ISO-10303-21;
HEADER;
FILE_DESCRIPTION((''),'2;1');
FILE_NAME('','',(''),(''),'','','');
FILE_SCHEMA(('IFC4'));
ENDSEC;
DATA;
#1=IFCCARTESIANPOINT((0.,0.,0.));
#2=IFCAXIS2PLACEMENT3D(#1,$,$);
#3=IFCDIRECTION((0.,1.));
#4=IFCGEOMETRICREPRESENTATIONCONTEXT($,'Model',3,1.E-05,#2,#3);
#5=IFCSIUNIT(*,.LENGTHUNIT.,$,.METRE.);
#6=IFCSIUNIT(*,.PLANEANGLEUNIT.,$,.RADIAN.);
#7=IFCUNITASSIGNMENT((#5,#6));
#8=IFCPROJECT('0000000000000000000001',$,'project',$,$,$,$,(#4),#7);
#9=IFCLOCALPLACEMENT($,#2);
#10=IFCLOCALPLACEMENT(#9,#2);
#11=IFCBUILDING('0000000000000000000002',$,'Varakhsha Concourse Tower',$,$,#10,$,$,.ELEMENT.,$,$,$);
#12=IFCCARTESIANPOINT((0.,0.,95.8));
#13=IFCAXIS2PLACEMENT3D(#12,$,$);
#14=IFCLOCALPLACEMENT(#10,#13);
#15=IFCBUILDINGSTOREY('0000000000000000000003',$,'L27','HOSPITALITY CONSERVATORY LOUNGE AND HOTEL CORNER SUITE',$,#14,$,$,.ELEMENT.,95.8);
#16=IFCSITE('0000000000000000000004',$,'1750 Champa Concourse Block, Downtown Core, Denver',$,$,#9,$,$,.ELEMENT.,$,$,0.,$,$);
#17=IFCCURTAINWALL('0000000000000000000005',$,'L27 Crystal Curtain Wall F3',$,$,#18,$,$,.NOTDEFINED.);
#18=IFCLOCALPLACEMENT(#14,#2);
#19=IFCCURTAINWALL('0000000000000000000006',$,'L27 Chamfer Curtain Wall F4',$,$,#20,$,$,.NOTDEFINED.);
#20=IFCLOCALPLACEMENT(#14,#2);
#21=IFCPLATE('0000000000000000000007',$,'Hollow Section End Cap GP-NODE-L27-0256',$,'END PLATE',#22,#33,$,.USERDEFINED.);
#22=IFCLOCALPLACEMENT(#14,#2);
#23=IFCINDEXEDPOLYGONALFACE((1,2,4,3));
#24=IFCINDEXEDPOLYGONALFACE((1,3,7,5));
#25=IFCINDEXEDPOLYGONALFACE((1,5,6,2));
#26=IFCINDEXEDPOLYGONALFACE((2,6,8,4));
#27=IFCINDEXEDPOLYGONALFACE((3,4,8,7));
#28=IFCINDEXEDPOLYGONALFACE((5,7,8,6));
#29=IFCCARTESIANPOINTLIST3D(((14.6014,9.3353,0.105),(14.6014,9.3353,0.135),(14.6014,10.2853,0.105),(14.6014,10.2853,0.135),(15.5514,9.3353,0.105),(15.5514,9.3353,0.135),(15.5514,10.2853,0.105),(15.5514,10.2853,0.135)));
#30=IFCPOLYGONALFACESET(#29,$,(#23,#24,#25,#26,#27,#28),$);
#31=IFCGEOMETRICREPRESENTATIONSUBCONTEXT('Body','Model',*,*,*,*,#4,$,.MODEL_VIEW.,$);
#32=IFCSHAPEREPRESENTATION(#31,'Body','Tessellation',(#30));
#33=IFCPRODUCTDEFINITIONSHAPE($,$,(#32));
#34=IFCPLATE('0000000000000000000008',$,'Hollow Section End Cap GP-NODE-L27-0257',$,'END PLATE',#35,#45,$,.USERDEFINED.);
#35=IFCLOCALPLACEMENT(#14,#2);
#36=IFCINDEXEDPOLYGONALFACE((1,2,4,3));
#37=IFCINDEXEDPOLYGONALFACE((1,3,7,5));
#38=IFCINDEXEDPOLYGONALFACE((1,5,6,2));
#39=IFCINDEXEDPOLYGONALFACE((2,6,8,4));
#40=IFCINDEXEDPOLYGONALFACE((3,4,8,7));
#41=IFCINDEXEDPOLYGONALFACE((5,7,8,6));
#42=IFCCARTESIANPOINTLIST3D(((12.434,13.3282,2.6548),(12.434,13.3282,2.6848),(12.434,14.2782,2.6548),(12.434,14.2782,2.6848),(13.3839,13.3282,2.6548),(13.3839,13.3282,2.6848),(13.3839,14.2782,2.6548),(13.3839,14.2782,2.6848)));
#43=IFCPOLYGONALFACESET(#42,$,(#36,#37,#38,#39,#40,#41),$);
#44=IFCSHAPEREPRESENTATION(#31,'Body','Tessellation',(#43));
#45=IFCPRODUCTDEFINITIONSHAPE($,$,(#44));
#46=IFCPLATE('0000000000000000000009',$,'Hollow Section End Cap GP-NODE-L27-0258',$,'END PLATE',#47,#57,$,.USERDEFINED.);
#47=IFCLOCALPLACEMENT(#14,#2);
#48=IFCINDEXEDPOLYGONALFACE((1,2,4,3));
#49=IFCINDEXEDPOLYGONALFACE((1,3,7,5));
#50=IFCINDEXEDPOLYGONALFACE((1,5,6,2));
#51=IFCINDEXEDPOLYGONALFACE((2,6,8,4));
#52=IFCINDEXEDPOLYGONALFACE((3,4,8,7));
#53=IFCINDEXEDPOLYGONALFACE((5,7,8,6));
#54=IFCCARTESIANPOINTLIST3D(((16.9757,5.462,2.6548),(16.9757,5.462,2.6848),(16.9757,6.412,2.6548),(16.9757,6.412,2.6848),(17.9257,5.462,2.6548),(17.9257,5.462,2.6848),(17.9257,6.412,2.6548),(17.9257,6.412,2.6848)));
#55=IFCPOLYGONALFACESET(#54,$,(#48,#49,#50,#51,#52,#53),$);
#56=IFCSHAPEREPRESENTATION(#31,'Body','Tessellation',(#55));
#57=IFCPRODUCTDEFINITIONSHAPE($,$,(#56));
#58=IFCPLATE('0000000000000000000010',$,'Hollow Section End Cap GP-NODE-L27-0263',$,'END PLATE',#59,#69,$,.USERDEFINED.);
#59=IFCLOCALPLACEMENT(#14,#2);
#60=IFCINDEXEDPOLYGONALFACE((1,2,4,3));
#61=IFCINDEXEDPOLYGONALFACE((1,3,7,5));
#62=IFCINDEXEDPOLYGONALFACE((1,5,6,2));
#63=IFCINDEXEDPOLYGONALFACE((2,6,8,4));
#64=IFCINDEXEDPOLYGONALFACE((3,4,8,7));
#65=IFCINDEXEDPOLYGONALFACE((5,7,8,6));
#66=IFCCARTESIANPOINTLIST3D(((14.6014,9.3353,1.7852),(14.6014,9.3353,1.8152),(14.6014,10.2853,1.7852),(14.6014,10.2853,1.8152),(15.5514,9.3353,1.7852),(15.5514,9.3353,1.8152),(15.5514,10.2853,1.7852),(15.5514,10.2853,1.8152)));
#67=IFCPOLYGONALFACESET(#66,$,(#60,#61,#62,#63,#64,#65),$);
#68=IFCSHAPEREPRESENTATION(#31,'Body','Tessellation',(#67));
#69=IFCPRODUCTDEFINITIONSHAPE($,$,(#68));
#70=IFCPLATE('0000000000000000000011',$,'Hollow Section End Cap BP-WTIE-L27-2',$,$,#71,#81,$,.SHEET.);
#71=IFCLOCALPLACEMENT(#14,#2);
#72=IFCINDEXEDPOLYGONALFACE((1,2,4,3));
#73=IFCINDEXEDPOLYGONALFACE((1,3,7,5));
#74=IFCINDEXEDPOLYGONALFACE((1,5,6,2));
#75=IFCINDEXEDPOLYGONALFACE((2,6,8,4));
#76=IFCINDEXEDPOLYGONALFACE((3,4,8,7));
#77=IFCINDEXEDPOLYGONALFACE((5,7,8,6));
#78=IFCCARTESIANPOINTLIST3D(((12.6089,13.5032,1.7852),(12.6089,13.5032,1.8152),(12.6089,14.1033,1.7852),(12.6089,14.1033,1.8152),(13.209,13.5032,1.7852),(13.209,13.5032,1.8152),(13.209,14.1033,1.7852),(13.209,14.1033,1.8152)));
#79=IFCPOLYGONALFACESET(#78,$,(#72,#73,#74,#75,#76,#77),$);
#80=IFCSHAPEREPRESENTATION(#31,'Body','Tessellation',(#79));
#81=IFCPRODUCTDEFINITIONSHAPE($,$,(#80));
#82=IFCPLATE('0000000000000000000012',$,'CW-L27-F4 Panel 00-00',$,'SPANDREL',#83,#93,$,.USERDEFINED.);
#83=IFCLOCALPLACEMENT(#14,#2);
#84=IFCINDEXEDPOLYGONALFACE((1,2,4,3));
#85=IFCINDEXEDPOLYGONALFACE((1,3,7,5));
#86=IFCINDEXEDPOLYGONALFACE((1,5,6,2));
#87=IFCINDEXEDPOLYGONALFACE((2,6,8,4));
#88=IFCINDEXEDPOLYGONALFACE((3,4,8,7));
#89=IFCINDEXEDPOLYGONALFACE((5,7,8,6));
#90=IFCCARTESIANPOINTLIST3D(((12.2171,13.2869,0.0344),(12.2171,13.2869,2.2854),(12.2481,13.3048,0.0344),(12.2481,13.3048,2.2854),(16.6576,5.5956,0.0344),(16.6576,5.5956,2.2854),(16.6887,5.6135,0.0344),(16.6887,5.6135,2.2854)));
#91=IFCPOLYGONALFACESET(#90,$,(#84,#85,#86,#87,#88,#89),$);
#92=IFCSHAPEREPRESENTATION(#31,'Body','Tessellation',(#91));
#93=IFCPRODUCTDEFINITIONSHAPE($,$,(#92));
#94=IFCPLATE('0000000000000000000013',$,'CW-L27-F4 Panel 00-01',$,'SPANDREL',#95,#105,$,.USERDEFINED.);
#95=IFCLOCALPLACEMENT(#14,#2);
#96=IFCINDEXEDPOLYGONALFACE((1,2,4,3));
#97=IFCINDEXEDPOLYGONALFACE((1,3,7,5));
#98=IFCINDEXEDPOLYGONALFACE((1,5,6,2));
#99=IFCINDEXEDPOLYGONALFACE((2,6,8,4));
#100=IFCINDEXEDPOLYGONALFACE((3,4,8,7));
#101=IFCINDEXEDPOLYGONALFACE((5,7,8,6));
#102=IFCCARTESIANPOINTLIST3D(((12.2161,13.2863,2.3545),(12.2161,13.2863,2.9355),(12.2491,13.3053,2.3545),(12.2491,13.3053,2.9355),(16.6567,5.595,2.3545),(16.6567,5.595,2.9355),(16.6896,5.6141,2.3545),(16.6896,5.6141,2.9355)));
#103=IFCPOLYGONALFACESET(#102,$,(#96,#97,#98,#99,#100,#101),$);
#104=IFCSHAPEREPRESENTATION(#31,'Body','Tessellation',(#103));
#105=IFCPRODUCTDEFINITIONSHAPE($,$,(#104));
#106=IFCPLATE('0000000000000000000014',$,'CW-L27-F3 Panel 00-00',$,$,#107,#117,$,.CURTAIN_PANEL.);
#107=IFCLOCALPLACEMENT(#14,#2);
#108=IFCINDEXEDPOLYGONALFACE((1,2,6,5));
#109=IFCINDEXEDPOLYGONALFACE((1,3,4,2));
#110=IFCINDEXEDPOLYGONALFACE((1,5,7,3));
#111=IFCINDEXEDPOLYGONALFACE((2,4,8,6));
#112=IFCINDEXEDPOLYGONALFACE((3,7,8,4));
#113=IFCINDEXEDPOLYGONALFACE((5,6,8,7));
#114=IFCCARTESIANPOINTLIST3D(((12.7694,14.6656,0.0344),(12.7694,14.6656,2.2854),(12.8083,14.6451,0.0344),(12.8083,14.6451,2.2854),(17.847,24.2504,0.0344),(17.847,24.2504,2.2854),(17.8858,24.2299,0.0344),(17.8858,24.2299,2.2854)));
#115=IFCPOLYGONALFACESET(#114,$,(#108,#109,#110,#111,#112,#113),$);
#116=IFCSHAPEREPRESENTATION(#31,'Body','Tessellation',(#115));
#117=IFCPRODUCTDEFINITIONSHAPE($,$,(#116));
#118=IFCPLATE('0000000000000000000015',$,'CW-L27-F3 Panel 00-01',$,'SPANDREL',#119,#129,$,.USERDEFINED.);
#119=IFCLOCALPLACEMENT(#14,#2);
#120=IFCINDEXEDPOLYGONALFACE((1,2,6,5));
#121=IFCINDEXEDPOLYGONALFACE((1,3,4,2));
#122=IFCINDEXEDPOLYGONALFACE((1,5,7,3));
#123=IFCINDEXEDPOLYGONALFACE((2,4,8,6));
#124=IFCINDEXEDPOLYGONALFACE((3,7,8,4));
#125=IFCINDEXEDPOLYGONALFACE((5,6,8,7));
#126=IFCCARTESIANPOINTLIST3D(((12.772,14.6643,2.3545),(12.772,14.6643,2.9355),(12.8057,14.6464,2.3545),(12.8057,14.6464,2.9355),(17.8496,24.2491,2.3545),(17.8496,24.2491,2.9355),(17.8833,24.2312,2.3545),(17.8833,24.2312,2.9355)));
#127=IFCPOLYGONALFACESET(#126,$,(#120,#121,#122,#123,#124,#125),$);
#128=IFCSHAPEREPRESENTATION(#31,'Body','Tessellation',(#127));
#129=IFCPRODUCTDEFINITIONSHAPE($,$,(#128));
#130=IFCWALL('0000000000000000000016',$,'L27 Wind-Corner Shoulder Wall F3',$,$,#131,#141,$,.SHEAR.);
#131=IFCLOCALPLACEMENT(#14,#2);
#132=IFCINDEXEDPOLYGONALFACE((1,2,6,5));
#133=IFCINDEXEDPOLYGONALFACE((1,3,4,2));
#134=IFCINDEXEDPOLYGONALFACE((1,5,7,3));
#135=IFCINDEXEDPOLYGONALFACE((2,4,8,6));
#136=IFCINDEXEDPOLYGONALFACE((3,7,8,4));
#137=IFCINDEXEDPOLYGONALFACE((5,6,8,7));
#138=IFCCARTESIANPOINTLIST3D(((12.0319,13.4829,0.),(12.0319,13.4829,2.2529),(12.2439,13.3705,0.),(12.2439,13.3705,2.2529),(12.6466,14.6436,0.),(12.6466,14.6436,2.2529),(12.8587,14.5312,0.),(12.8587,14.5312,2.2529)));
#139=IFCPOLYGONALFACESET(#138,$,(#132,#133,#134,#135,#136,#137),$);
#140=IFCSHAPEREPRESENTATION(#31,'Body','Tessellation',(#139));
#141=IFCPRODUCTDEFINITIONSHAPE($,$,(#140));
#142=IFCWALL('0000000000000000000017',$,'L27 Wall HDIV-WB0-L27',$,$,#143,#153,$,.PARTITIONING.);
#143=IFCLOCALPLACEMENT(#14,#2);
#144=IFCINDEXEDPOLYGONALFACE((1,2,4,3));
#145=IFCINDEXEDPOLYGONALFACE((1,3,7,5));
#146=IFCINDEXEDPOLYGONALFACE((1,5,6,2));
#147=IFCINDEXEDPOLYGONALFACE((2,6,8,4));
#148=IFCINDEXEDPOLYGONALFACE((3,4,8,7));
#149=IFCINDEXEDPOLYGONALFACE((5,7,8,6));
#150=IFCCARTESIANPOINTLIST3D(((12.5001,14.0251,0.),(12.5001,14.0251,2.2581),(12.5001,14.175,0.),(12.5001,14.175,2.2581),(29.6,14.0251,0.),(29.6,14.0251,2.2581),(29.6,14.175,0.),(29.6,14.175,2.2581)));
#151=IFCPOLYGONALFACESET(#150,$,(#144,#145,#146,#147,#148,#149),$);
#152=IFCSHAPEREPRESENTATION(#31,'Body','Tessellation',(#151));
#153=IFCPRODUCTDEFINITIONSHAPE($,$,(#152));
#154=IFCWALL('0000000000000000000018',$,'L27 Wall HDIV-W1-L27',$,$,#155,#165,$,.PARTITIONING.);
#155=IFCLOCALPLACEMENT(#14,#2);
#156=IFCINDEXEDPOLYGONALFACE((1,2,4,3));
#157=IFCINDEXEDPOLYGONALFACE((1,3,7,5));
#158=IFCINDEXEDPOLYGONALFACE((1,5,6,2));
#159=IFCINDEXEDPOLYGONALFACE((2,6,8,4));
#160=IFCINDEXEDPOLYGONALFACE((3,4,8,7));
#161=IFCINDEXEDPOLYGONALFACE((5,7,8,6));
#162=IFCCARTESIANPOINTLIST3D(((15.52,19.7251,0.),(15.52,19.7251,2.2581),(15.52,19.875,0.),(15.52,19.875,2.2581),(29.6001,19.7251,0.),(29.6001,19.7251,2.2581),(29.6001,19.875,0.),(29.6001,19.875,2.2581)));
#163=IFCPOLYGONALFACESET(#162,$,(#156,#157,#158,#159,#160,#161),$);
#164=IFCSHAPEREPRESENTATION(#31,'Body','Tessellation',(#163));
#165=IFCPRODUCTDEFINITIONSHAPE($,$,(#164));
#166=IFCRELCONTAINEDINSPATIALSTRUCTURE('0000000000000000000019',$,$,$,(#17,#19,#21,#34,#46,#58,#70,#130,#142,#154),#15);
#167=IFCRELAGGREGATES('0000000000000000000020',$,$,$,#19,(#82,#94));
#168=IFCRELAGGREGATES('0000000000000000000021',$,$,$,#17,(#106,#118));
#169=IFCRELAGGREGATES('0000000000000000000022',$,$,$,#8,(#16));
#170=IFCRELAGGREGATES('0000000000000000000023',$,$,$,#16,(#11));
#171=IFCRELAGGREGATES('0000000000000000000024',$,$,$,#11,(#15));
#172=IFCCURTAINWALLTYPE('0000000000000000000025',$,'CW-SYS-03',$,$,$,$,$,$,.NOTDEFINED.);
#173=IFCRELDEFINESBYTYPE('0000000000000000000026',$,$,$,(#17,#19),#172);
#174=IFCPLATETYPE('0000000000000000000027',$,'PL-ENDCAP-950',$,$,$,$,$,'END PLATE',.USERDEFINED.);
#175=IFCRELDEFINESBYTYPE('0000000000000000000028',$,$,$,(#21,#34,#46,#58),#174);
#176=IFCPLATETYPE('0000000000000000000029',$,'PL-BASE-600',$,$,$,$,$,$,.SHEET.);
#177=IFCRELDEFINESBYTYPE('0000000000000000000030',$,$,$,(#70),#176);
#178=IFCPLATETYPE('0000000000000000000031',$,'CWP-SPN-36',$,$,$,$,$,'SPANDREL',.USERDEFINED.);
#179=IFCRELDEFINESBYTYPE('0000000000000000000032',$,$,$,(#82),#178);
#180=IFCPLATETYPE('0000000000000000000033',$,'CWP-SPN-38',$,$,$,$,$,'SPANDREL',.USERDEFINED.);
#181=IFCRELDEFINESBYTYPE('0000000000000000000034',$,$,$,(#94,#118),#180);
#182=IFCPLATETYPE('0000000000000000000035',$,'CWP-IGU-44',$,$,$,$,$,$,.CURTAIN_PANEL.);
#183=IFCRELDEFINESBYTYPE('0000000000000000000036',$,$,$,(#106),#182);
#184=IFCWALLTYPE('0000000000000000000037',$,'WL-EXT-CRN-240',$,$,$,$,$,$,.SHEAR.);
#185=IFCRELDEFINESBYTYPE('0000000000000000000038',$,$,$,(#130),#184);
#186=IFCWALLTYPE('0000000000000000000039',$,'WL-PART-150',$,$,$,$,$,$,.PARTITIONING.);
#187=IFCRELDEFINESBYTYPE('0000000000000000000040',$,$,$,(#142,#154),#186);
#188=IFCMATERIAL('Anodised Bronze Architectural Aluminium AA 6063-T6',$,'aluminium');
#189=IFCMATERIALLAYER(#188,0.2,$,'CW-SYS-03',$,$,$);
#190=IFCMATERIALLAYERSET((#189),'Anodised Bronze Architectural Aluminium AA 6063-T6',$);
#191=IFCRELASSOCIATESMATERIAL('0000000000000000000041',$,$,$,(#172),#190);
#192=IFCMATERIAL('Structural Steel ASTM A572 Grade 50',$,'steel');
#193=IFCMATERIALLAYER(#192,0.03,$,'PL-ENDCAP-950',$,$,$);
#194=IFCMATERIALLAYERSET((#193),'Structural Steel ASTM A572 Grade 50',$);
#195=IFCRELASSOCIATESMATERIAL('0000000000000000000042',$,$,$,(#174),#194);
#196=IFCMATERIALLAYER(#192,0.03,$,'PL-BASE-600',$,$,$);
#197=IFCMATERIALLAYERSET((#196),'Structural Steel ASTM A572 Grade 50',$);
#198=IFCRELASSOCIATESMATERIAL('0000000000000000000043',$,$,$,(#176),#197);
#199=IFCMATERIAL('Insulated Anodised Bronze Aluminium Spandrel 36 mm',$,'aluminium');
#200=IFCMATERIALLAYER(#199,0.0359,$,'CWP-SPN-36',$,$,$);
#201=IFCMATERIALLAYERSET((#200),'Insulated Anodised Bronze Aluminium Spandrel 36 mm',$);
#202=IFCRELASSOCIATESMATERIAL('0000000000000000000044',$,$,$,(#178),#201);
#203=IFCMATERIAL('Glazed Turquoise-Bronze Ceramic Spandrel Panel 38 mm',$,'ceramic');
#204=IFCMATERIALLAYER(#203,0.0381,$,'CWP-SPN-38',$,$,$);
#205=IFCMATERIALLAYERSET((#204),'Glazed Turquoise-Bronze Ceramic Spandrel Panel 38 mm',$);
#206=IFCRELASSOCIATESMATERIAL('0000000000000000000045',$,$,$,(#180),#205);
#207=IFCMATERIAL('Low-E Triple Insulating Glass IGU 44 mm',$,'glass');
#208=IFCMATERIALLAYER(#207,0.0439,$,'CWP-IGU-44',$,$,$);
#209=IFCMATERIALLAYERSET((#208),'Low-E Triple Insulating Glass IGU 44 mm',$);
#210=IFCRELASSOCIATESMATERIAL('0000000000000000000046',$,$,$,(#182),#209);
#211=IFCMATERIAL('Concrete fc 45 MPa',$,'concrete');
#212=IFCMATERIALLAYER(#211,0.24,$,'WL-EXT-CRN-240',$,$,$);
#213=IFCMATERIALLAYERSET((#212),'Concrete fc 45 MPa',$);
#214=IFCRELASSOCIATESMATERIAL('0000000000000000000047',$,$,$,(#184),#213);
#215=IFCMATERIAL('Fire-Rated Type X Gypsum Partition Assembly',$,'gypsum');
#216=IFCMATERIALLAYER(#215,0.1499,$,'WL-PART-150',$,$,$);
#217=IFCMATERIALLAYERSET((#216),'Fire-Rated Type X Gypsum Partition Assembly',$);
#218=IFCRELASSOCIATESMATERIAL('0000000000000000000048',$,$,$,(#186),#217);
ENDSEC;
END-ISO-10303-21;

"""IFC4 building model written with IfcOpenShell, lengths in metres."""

from ifc_helpers import new_model, si_unit, direction, frame, frame_2d, origin, origin_2d, place, context, subcontext, project, spatial, rectangle, extrude, source, transform, mapped, material, layer, layer_set, type_object, type_shapes, element, aggregate, save


model = new_model("IFC4")

# Units and contexts
model_context = context("Model", 3, precision=1e-05, world=origin(), true_north=direction((0.0, 1.0)))
body_context = subcontext(model_context, "Body", "Model", "MODEL_VIEW")
ifc_project = project(units=[si_unit("LENGTHUNIT", "METRE"), si_unit("PLANEANGLEUNIT", "RADIAN")], contexts=[model_context])

# Site, building, storey
site_placement = place(None, origin())
site = spatial("IfcSite", under=ifc_project, at=site_placement, Name="1750 Champa Concourse Block, Downtown Core, Denver", CompositionType="ELEMENT", RefElevation=0.0)
building_placement = place(site_placement, origin())
building = spatial("IfcBuilding", under=site, at=building_placement, Name="Varakhsha Concourse Tower", CompositionType="ELEMENT")
storey_placement = place(building_placement, frame((0.0, 0.0, 95.8)))
storey = spatial("IfcBuildingStorey", under=building, at=storey_placement, Name="L27", Description="HOSPITALITY CONSERVATORY LOUNGE AND HOTEL CORNER SUITE", CompositionType="ELEMENT", Elevation=95.8)

# Shared definitions
ifc_material_1 = material(Name="Structural Steel ASTM A572 Grade 50", Category="steel")

# Curtain wall
ifc_material_2 = material(Name="Anodised Bronze Architectural Aluminium AA 6063-T6", Category="aluminium")
ifc_layer_1 = layer(ifc_material_2, 0.2, Name="CW-SYS-03")
ifc_layer_set_1 = layer_set([ifc_layer_1], Name="Anodised Bronze Architectural Aluminium AA 6063-T6")
curtain_wall_type = type_object("IfcCurtainWallType", Name="CW-SYS-03", PredefinedType="NOTDEFINED", material=ifc_layer_set_1)
curtain_wall_1_placement = place(storey_placement, origin())
curtain_wall_1 = element("IfcCurtainWall", 1, at=curtain_wall_1_placement, inside=storey, type_object=curtain_wall_type, Name="L27 Crystal Curtain Wall F3", PredefinedType="NOTDEFINED")

# Curtain wall
curtain_wall_2_placement = place(storey_placement, origin())
curtain_wall_2 = element("IfcCurtainWall", 2, at=curtain_wall_2_placement, inside=storey, type_object=curtain_wall_type, Name="L27 Chamfer Curtain Wall F4", PredefinedType="NOTDEFINED")

# Shared definitions
ifc_material_3 = material(Name="Concrete fc 45 MPa", Category="concrete")

# Plates
ifc_layer_2 = layer(ifc_material_1, 0.03, Name="PL-ENDCAP-950")
ifc_layer_set_2 = layer_set([ifc_layer_2], Name="Structural Steel ASTM A572 Grade 50")
plate_type_1 = type_object("IfcPlateType", Name="PL-ENDCAP-950", ElementType="END PLATE", PredefinedType="USERDEFINED", material=ifc_layer_set_2)
shared_shape_1 = source(origin(), body_context, "Body", "SweptSolid", [
    extrude(rectangle(XDim=0.95, YDim=0.95, at=origin_2d()), origin(), (0.0, 0.0, 1.0), 0.03),
])
type_shapes(plate_type_1, [shared_shape_1])
for number, where, z_axis, x_axis, name in (
    (3, (15.0764, 9.8103, 0.105), (0.0, 0.0, 1.0), (1.0, 0.0, 0.0), "Hollow Section End Cap GP-NODE-L27-0256"),
    (4, (12.9089, 13.8032, 2.6548), (0.0, 0.0, 1.0), (1.0, 0.0, 0.0), "Hollow Section End Cap GP-NODE-L27-0257"),
    (5, (17.4507, 5.937, 2.6548), (0.0, 0.0, 1.0), (1.0, 0.0, 0.0), "Hollow Section End Cap GP-NODE-L27-0258"),
    (6, (15.0764, 9.8103, 1.7852), (0.0, 0.0, 1.0), (1.0, 0.0, 0.0), "Hollow Section End Cap GP-NODE-L27-0263"),
):
    element("IfcPlate", number, at=place(storey_placement, frame(where, z_axis=z_axis, x_axis=x_axis)), inside=storey, type_object=plate_type_1, Name=name, ObjectType="END PLATE", PredefinedType="USERDEFINED", context=body_context, shape_type="MappedRepresentation", body=[
        mapped(shared_shape_1, transform((0.0, 0.0, 0.0), scale=1.0)),
    ])
ifc_layer_3 = layer(ifc_material_1, 0.03, Name="PL-BASE-600")
ifc_layer_set_3 = layer_set([ifc_layer_3], Name="Structural Steel ASTM A572 Grade 50")
plate_type_2 = type_object("IfcPlateType", Name="PL-BASE-600", PredefinedType="SHEET", material=ifc_layer_set_3)
shared_shape_2 = source(origin(), body_context, "Body", "SweptSolid", [
    extrude(rectangle(XDim=0.6001, YDim=0.6001, at=origin_2d()), origin(), (0.0, 0.0, 1.0), 0.03),
])
type_shapes(plate_type_2, [shared_shape_2])
plate_1_placement = place(storey_placement, frame((12.9089, 13.8032, 1.7852), z_axis=(0.0, 0.0, 1.0), x_axis=(1.0, 0.0, 0.0)))
element("IfcPlate", 7, at=plate_1_placement, inside=storey, type_object=plate_type_2, Name="Hollow Section End Cap BP-WTIE-L27-2", PredefinedType="SHEET", context=body_context, shape_type="MappedRepresentation", body=[
    mapped(shared_shape_2, transform((0.0, 0.0, 0.0), scale=1.0)),
])

# Plates
ifc_material_4 = material(Name="Insulated Anodised Bronze Aluminium Spandrel 36 mm", Category="aluminium")
ifc_layer_4 = layer(ifc_material_4, 0.0359, Name="CWP-SPN-36")
ifc_layer_set_4 = layer_set([ifc_layer_4], Name="Insulated Anodised Bronze Aluminium Spandrel 36 mm")
plate_type_3 = type_object("IfcPlateType", Name="CWP-SPN-36", ElementType="SPANDREL", PredefinedType="USERDEFINED", material=ifc_layer_set_4)
shared_shape_3 = source(origin(), body_context, "Body", "SweptSolid", [
    extrude(rectangle(XDim=8.8811, YDim=0.0359, at=origin_2d()), origin(), (0.0, 0.0, 1.0), 2.251),
])
type_shapes(plate_type_3, [shared_shape_3])
plate_2_placement = place(storey_placement, frame((14.4529, 9.4502, 0.0344), z_axis=(0.0, 0.0, 1.0), x_axis=(-0.5, 0.866025, 0.0)))
plate_2 = element("IfcPlate", 8, at=plate_2_placement, type_object=plate_type_3, Name="CW-L27-F4 Panel 00-00", ObjectType="SPANDREL", PredefinedType="USERDEFINED", context=body_context, shape_type="MappedRepresentation", body=[
    mapped(shared_shape_3, transform((0.0, 0.0, 0.0), scale=1.0)),
])
ifc_material_5 = material(Name="Glazed Turquoise-Bronze Ceramic Spandrel Panel 38 mm", Category="ceramic")
ifc_layer_5 = layer(ifc_material_5, 0.0381, Name="CWP-SPN-38")
ifc_layer_set_5 = layer_set([ifc_layer_5], Name="Glazed Turquoise-Bronze Ceramic Spandrel Panel 38 mm")
plate_type_4 = type_object("IfcPlateType", Name="CWP-SPN-38", ElementType="SPANDREL", PredefinedType="USERDEFINED", material=ifc_layer_set_5)
shared_shape_4 = source(origin(), body_context, "Body", "SweptSolid", [
    extrude(rectangle(XDim=8.8811, YDim=0.0381, at=origin_2d()), origin(), (0.0, 0.0, 1.0), 0.5811),
])
plate_3_placement = place(storey_placement, frame((14.4529, 9.4502, 2.3545), z_axis=(0.0, 0.0, 1.0), x_axis=(-0.5, 0.866025, 0.0)))
plate_3 = element("IfcPlate", 9, at=plate_3_placement, type_object=plate_type_4, Name="CW-L27-F4 Panel 00-01", ObjectType="SPANDREL", PredefinedType="USERDEFINED", context=body_context, shape_type="MappedRepresentation", body=[
    mapped(shared_shape_4, transform((0.0, 0.0, 0.0), scale=1.0)),
])
aggregate(curtain_wall_2, [plate_2, plate_3])
ifc_material_6 = material(Name="Low-E Triple Insulating Glass IGU 44 mm", Category="glass")
ifc_layer_6 = layer(ifc_material_6, 0.0439, Name="CWP-IGU-44")
ifc_layer_set_6 = layer_set([ifc_layer_6], Name="Low-E Triple Insulating Glass IGU 44 mm")
plate_type_5 = type_object("IfcPlateType", Name="CWP-IGU-44", PredefinedType="CURTAIN_PANEL", material=ifc_layer_set_6)
shared_shape_5 = source(origin(), body_context, "Body", "SweptSolid", [
    extrude(rectangle(XDim=10.8467, YDim=0.0439, at=origin_2d()), origin(), (0.0, 0.0, 1.0), 2.251),
])
type_shapes(plate_type_5, [shared_shape_5])
plate_4_placement = place(storey_placement, frame((15.3276, 19.4478, 0.0344), z_axis=(0.0, 0.0, 1.0), x_axis=(0.468124, 0.883663, 0.0)))
plate_4 = element("IfcPlate", 10, at=plate_4_placement, type_object=plate_type_5, Name="CW-L27-F3 Panel 00-00", PredefinedType="CURTAIN_PANEL", context=body_context, shape_type="MappedRepresentation", body=[
    mapped(shared_shape_5, transform((0.0, 0.0, 0.0), scale=1.0)),
])
shared_shape_6 = source(origin(), body_context, "Body", "SweptSolid", [
    extrude(rectangle(XDim=10.8467, YDim=0.0381, at=origin_2d()), origin(), (0.0, 0.0, 1.0), 0.5811),
])
type_shapes(plate_type_4, [shared_shape_4, shared_shape_6])
plate_5_placement = place(storey_placement, frame((15.3276, 19.4478, 2.3545), z_axis=(0.0, 0.0, 1.0), x_axis=(0.468124, 0.883663, 0.0)))
plate_5 = element("IfcPlate", 11, at=plate_5_placement, type_object=plate_type_4, Name="CW-L27-F3 Panel 00-01", ObjectType="SPANDREL", PredefinedType="USERDEFINED", context=body_context, shape_type="MappedRepresentation", body=[
    mapped(shared_shape_6, transform((0.0, 0.0, 0.0), scale=1.0)),
])
aggregate(curtain_wall_1, [plate_4, plate_5])

# Walls
ifc_layer_7 = layer(ifc_material_3, 0.24, Name="WL-EXT-CRN-240")
ifc_layer_set_7 = layer_set([ifc_layer_7], Name="Concrete fc 45 MPa")
wall_type_1 = type_object("IfcWallType", Name="WL-EXT-CRN-240", PredefinedType="SHEAR", material=ifc_layer_set_7)
wall_1_placement = place(storey_placement, frame((12.7527, 14.5874, 0.0), z_axis=(0.0, 0.0, 1.0), x_axis=(-0.468059, -0.883697, 0.0)))
element("IfcWall", 12, at=wall_1_placement, inside=storey, type_object=wall_type_1, Name="L27 Wind-Corner Shoulder Wall F3", PredefinedType="SHEAR", context=body_context, shape_type="SweptSolid", body=[
    extrude(rectangle(XDim=1.3135, YDim=0.24, at=frame_2d((0.6567, 0.0))), origin(), (0.0, 0.0, 1.0), 2.2529),
])
ifc_material_7 = material(Name="Fire-Rated Type X Gypsum Partition Assembly", Category="gypsum")
ifc_layer_8 = layer(ifc_material_7, 0.1499, Name="WL-PART-150")
ifc_layer_set_8 = layer_set([ifc_layer_8], Name="Fire-Rated Type X Gypsum Partition Assembly")
wall_type_2 = type_object("IfcWallType", Name="WL-PART-150", PredefinedType="PARTITIONING", material=ifc_layer_set_8)
wall_2_placement = place(storey_placement, frame((12.5002, 14.1001, 0.0), z_axis=(0.0, 0.0, 1.0), x_axis=(1.0, 0.0, 0.0)))
element("IfcWall", 13, at=wall_2_placement, inside=storey, type_object=wall_type_2, Name="L27 Wall HDIV-WB0-L27", PredefinedType="PARTITIONING", context=body_context, shape_type="SweptSolid", body=[
    extrude(rectangle(XDim=17.0999, YDim=0.1499, at=frame_2d((8.5498, 0.0))), origin(), (0.0, 0.0, 1.0), 2.2581),
])
wall_3_placement = place(storey_placement, frame((15.52, 19.8, 0.0), z_axis=(0.0, 0.0, 1.0), x_axis=(1.0, 0.0, 0.0)))
element("IfcWall", 14, at=wall_3_placement, inside=storey, type_object=wall_type_2, Name="L27 Wall HDIV-W1-L27", PredefinedType="PARTITIONING", context=body_context, shape_type="SweptSolid", body=[
    extrude(rectangle(XDim=14.0801, YDim=0.1499, at=frame_2d((7.04, 0.0))), origin(), (0.0, 0.0, 1.0), 2.2581),
])

save(model, "model.ifc")
